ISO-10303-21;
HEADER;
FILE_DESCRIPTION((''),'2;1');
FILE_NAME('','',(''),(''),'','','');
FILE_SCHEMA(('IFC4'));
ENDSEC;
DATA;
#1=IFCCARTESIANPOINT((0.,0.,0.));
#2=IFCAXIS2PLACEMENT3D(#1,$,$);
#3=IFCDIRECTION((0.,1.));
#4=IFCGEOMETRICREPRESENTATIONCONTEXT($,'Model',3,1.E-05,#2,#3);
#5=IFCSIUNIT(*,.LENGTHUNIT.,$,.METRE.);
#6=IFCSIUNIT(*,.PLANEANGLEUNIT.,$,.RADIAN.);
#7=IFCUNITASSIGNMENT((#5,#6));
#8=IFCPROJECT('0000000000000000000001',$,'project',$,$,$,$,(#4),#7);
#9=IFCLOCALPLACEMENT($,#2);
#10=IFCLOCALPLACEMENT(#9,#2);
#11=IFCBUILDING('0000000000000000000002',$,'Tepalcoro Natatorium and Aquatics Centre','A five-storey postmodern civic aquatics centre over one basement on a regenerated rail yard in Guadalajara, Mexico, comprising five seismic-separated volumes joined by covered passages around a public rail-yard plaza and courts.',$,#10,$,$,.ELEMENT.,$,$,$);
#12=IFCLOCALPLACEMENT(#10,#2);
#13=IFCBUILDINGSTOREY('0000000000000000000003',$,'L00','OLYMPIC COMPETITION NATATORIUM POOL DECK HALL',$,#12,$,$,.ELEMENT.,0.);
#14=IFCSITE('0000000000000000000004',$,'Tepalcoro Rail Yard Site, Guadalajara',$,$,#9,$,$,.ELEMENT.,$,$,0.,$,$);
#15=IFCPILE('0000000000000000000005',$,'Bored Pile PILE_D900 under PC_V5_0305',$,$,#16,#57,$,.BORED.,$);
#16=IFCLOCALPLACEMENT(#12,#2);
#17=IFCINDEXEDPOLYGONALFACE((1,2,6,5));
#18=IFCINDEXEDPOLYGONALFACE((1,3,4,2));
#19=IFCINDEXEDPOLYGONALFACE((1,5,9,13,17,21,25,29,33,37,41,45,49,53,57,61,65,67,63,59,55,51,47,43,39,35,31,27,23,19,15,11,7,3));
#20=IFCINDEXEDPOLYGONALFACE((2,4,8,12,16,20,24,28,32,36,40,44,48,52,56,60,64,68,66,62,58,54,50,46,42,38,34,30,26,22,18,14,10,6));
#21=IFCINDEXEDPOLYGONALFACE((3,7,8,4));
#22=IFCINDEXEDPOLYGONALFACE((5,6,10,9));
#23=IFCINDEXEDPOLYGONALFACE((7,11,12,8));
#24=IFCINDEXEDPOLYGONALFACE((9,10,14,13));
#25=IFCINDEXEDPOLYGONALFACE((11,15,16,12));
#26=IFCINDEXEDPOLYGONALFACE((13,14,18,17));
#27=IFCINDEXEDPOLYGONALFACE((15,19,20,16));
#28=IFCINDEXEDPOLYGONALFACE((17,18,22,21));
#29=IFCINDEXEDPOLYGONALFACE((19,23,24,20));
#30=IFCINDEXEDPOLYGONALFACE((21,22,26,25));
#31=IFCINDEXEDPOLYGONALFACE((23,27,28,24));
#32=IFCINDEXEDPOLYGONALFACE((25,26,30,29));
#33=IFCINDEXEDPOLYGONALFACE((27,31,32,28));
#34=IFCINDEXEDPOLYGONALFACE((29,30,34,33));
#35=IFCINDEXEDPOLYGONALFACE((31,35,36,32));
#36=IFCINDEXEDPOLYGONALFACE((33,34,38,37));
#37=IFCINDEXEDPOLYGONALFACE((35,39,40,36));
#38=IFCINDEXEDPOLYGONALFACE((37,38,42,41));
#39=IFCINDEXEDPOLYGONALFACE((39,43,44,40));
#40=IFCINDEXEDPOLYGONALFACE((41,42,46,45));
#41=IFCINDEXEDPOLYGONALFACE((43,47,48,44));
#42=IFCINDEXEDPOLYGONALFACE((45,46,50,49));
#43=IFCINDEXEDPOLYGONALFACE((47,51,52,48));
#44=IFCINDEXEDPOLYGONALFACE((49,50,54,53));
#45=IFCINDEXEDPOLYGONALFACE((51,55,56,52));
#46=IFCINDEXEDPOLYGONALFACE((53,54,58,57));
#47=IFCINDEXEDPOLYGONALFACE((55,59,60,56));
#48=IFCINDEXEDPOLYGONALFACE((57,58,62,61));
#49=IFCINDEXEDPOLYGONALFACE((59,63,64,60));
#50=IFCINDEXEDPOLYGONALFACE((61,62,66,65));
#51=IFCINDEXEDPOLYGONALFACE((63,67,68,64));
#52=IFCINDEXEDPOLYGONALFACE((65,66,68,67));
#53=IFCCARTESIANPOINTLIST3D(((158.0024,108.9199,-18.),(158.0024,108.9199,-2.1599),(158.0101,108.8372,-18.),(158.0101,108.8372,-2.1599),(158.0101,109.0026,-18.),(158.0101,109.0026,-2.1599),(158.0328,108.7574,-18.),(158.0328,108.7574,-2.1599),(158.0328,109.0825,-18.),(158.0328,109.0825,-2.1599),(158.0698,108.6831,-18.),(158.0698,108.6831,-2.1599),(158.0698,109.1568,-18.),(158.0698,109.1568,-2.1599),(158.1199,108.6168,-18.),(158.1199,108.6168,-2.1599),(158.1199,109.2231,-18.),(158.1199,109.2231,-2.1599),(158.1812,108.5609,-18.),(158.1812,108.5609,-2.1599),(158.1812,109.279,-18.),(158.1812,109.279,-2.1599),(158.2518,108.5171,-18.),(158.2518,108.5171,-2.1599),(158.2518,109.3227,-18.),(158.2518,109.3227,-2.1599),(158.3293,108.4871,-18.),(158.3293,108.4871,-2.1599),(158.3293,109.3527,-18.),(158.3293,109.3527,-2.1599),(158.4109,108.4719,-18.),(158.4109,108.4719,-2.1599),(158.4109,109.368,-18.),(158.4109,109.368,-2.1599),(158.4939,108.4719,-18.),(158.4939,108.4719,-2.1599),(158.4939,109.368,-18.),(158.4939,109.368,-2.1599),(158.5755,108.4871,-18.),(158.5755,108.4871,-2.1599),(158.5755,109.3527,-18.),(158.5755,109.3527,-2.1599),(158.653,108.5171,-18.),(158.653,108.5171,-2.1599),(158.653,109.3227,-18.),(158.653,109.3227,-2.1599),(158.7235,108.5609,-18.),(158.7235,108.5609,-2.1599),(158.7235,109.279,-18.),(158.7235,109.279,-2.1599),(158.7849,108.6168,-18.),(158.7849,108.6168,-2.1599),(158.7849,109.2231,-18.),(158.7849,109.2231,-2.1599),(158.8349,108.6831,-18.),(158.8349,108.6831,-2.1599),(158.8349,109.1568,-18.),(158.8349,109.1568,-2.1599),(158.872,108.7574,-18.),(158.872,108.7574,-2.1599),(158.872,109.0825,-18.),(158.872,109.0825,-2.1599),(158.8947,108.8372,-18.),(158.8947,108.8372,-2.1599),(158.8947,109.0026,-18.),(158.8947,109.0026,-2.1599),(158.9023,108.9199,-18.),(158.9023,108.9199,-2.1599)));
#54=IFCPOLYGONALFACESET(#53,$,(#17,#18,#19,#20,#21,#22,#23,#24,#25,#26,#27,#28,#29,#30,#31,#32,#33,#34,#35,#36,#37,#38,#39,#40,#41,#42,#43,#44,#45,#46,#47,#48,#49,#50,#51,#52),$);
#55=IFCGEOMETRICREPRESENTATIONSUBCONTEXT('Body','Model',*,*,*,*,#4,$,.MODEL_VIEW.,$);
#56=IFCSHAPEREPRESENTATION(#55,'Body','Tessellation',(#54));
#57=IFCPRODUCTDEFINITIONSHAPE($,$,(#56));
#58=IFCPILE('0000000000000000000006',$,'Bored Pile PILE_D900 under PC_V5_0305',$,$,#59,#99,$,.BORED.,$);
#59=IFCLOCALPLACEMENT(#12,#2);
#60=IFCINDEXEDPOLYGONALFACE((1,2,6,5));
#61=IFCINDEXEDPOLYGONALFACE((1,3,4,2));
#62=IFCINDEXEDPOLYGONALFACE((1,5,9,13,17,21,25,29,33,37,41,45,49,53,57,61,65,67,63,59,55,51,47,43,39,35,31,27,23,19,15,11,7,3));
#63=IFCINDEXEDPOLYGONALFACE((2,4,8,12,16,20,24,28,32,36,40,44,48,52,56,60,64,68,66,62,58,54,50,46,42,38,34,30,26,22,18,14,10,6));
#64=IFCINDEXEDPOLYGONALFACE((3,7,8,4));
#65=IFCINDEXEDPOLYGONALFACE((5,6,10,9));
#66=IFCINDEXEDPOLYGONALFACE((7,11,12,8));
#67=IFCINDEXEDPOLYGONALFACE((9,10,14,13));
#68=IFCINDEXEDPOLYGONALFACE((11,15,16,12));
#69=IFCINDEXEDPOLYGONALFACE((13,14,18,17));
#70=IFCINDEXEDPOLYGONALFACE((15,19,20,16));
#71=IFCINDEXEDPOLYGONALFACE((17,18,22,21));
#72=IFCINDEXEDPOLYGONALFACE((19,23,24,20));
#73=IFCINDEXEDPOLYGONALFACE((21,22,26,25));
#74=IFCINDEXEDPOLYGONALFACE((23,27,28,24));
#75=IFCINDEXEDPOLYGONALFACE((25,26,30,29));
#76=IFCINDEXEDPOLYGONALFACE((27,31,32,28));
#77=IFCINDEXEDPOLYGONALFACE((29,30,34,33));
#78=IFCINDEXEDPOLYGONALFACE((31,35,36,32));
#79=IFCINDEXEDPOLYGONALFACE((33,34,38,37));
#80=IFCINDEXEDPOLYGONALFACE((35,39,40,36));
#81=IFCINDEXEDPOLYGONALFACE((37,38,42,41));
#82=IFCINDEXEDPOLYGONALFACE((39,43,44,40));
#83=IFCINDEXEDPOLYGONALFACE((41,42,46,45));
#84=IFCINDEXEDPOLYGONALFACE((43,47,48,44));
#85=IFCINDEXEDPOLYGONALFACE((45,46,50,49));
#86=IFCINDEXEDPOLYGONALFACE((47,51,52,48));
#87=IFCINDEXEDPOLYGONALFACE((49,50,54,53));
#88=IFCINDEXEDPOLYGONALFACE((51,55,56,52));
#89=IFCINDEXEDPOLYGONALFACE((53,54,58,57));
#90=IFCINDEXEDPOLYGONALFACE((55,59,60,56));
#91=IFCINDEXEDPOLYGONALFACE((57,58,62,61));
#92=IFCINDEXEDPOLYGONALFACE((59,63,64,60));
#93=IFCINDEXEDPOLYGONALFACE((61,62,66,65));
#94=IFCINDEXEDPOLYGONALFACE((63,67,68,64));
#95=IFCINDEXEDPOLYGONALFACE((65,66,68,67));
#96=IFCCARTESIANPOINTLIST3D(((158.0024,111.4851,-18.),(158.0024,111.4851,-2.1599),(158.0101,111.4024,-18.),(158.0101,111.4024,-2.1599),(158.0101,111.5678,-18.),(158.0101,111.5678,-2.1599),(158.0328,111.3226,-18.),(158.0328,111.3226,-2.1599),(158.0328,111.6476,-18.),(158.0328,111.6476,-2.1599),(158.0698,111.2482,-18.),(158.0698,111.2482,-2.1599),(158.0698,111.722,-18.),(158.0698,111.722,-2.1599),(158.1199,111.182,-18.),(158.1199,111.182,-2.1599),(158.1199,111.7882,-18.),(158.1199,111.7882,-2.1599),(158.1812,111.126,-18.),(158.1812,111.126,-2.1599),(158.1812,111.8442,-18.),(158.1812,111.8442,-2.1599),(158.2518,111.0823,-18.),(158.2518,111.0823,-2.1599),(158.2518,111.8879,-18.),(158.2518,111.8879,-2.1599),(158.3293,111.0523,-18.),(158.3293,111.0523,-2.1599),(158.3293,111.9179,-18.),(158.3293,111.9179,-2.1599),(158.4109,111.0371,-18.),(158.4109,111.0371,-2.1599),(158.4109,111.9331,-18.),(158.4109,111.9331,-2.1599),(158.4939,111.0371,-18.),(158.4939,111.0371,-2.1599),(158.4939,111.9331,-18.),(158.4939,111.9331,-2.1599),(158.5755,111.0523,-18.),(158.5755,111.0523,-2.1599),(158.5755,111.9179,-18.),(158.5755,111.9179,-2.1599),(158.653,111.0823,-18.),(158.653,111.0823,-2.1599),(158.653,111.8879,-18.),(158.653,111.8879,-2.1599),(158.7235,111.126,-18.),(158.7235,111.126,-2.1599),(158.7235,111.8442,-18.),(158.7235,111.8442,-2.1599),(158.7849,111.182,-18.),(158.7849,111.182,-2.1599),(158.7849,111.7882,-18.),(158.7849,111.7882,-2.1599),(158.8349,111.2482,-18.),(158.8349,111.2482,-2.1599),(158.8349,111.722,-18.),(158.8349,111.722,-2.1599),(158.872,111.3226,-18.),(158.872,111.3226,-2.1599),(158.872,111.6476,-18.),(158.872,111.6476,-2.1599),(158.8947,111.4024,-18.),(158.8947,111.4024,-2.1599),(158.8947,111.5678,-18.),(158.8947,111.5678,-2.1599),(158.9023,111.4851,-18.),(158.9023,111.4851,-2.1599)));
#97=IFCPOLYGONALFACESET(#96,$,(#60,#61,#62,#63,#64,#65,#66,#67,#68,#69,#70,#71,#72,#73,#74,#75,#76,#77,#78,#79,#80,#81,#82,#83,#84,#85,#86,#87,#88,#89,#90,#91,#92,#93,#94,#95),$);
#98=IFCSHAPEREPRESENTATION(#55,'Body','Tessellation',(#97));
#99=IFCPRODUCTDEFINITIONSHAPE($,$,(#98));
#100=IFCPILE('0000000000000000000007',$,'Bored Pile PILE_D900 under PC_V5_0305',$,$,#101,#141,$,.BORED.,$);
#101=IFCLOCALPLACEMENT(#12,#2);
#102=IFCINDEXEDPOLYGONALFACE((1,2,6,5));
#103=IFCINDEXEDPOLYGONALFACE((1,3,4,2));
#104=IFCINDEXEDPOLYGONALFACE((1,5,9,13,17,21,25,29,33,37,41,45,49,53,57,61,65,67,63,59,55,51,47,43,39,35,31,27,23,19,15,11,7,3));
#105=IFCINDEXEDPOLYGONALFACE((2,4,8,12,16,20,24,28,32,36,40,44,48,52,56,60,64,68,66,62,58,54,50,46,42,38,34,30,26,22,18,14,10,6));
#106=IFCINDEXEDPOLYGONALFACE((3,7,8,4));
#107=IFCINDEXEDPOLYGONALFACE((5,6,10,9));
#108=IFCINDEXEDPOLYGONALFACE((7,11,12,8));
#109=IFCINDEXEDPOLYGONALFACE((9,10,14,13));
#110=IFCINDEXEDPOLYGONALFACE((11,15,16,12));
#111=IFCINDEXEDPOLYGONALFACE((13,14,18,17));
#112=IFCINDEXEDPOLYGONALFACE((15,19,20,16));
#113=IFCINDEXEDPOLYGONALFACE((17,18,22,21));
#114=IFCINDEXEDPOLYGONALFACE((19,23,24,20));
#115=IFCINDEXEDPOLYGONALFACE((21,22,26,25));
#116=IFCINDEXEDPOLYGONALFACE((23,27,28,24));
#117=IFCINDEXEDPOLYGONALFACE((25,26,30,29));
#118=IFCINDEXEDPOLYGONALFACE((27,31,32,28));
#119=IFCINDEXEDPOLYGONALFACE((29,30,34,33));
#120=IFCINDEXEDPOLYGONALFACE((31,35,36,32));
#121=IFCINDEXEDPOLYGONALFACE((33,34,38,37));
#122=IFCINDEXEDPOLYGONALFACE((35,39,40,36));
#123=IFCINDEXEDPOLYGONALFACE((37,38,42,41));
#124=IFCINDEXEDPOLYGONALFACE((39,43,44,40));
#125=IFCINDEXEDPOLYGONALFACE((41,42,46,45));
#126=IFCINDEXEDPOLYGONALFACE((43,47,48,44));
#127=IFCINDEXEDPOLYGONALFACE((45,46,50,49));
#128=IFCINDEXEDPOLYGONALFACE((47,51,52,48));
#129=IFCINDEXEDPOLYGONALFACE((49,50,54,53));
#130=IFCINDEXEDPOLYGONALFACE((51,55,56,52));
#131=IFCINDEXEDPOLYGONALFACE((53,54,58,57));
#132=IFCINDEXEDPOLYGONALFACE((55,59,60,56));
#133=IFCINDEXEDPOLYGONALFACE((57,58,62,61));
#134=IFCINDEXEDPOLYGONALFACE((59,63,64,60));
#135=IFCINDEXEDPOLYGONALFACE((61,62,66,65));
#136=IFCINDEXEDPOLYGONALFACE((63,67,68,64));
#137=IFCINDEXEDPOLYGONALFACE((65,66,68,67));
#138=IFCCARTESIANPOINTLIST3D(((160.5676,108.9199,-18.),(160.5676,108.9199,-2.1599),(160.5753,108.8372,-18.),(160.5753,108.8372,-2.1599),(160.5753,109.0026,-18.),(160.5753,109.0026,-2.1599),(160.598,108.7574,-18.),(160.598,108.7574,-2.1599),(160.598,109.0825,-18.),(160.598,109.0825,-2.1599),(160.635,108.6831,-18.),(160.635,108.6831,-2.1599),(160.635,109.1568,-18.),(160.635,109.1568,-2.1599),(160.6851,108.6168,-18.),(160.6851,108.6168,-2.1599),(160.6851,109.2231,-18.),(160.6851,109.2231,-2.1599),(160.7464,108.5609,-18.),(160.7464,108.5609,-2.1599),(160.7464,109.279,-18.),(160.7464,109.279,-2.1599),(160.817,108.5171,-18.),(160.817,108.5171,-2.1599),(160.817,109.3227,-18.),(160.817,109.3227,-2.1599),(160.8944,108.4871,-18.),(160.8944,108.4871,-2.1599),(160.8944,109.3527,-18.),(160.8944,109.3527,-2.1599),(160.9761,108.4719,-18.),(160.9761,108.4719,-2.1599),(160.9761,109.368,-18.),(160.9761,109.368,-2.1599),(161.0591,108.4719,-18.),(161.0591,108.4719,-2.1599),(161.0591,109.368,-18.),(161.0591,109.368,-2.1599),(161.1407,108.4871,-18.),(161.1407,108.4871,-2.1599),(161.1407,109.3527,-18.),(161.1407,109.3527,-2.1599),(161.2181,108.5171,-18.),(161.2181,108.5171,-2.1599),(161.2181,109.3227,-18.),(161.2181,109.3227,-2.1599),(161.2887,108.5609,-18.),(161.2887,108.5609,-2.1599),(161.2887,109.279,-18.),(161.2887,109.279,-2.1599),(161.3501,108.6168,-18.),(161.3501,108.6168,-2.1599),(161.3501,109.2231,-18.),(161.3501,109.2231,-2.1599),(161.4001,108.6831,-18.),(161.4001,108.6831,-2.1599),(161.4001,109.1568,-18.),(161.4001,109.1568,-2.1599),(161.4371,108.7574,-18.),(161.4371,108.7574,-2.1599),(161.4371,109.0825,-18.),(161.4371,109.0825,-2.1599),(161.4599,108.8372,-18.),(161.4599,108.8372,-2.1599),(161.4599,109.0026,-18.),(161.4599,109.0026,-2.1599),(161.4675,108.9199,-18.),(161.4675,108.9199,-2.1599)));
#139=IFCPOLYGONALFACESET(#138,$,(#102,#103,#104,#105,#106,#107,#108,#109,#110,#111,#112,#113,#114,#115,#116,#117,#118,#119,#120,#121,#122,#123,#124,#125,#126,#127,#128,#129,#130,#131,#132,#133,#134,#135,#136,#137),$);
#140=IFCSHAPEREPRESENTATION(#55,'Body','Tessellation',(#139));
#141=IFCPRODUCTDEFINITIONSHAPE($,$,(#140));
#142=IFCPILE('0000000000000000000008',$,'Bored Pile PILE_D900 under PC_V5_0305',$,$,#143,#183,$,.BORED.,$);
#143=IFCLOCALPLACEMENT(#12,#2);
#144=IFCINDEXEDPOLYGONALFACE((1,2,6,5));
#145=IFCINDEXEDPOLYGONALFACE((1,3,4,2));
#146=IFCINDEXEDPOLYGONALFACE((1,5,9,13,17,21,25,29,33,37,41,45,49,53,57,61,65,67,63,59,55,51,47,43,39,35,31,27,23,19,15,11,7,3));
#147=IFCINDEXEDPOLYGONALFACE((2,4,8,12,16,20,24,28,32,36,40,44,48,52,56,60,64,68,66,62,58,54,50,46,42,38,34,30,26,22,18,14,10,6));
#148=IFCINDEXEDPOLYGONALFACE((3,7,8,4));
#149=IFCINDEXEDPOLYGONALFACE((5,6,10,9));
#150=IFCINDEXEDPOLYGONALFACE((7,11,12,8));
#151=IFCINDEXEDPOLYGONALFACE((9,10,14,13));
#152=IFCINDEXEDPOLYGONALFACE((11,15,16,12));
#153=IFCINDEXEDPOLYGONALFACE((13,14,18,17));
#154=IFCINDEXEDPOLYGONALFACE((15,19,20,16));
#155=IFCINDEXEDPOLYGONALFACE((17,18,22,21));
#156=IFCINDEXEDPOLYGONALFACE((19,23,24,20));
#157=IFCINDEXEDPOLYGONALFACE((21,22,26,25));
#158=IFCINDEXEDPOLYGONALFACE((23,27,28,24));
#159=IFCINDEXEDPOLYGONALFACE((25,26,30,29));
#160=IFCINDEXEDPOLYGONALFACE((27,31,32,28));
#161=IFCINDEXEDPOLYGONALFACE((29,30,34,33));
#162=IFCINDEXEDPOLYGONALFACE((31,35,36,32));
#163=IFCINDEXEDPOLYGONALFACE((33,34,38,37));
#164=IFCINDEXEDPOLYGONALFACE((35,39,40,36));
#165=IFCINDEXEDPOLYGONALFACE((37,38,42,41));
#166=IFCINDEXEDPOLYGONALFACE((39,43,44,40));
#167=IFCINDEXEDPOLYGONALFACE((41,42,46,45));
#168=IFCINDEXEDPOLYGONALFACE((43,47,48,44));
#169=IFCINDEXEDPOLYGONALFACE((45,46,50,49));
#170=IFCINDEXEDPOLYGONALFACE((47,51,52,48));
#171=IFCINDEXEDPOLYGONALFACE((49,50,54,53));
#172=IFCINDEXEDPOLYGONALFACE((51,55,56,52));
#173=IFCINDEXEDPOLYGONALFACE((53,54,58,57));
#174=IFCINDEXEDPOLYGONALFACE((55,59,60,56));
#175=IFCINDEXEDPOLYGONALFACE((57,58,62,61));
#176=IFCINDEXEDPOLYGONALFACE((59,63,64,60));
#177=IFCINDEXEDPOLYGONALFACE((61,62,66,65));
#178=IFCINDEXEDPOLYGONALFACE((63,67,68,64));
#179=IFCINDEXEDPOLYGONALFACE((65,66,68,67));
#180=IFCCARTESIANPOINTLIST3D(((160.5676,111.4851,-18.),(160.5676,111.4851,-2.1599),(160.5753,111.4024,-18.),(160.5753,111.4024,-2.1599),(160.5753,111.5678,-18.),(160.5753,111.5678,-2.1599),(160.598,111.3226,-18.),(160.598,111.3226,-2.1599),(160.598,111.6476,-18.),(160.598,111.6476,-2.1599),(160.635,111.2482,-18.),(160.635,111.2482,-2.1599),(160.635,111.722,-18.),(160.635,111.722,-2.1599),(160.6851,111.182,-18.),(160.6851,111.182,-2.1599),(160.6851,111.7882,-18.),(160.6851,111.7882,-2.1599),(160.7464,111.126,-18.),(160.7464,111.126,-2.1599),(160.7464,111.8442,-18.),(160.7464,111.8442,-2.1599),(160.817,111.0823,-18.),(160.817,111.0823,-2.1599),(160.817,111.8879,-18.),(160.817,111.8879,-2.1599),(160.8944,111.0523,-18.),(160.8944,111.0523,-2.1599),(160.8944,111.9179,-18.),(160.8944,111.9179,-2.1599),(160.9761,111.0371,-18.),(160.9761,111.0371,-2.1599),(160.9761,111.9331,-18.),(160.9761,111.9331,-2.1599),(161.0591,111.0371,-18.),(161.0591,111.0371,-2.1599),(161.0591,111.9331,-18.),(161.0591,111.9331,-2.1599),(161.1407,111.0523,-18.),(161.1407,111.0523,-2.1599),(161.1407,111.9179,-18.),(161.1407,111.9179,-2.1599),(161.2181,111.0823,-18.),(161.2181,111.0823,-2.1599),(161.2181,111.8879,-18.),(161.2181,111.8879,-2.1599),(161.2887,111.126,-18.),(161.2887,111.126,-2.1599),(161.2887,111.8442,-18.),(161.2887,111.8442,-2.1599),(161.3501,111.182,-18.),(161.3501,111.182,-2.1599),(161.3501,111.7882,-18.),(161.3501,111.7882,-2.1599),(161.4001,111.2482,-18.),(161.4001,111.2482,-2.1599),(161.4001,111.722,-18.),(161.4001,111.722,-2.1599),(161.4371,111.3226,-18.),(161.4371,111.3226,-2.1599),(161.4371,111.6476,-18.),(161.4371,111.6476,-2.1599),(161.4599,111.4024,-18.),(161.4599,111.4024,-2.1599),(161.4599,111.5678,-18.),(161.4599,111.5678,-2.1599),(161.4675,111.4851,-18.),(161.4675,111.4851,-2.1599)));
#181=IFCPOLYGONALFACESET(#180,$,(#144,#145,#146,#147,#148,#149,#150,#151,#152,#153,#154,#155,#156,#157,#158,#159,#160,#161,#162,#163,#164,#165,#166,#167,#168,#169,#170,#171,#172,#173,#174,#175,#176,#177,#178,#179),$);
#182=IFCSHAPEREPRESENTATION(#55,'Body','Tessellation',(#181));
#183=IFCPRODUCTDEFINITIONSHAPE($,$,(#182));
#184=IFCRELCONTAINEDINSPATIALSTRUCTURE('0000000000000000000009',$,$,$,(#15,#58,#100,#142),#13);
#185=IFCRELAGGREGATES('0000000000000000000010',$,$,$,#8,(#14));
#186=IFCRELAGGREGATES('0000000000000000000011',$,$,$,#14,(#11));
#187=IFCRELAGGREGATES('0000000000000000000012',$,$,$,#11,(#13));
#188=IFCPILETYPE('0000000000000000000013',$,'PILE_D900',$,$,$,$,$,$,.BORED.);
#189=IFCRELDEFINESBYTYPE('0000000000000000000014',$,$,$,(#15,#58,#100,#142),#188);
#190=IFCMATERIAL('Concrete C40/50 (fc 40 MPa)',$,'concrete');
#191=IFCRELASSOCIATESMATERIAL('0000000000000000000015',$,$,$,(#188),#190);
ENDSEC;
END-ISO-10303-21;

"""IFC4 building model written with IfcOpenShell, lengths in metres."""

from ifc_helpers import new_model, si_unit, direction, frame, origin, origin_2d, place, context, subcontext, project, spatial, circle, extrude, material, material_profile, profile_set, type_object, element, save


model = new_model("IFC4")

# Units and contexts
model_context = context("Model", 3, precision=1e-05, world=origin(), true_north=direction((0.0, 1.0)))
body_context = subcontext(model_context, "Body", "Model", "MODEL_VIEW")
ifc_project = project(units=[si_unit("LENGTHUNIT", "METRE"), si_unit("PLANEANGLEUNIT", "RADIAN")], contexts=[model_context])

# Site, building, storey
site_placement = place(None, origin())
site = spatial("IfcSite", under=ifc_project, at=site_placement, Name="Tepalcoro Rail Yard Site, Guadalajara", CompositionType="ELEMENT", RefElevation=0.0)
building_placement = place(site_placement, origin())
building = spatial("IfcBuilding", under=site, at=building_placement, Name="Tepalcoro Natatorium and Aquatics Centre", Description="A five-storey postmodern civic aquatics centre over one basement on a regenerated rail yard in Guadalajara, Mexico, comprising five seismic-separated volumes joined by covered passages around a public rail-yard plaza and courts.", CompositionType="ELEMENT")
storey_placement = place(building_placement, origin())
storey = spatial("IfcBuildingStorey", under=building, at=storey_placement, Name="L00", Description="OLYMPIC COMPETITION NATATORIUM POOL DECK HALL", CompositionType="ELEMENT", Elevation=0.0)

# Piles
ifc_material_1 = material(Name="Concrete C40/50 (fc 40 MPa)", Category="concrete")
ifc_material_profile_1 = material_profile(ifc_material_1, circle(Radius=0.45, at=origin_2d()), Name="PILE_D900")
ifc_profile_set_1 = profile_set([ifc_material_profile_1], Name="Concrete C40/50 (fc 40 MPa)")
pile_type = type_object("IfcPileType", Name="PILE_D900", PredefinedType="BORED", material=ifc_profile_set_1)
for number, where, z_axis, x_axis, name in (
    (1, (158.4524, 108.9199, -2.1599), (0.0, 0.0, -1.0), (1.0, 0.0, 0.0), "Bored Pile PILE_D900 under PC_V5_0305"),
    (2, (158.4524, 111.4851, -2.1599), (0.0, 0.0, -1.0), (1.0, 0.0, 0.0), "Bored Pile PILE_D900 under PC_V5_0305"),
    (3, (161.0176, 108.9199, -2.1599), (0.0, 0.0, -1.0), (1.0, 0.0, 0.0), "Bored Pile PILE_D900 under PC_V5_0305"),
    (4, (161.0176, 111.4851, -2.1599), (0.0, 0.0, -1.0), (1.0, 0.0, 0.0), "Bored Pile PILE_D900 under PC_V5_0305"),
):
    element("IfcPile", number, at=place(storey_placement, frame(where, z_axis=z_axis, x_axis=x_axis)), inside=storey, type_object=pile_type, Name=name, PredefinedType="BORED", context=body_context, shape_type="SweptSolid", body=[
        extrude(circle(Radius=0.45, at=origin_2d()), origin(), (0.0, 0.0, 1.0), 15.8401),
    ])

save(model, "model.ifc")
